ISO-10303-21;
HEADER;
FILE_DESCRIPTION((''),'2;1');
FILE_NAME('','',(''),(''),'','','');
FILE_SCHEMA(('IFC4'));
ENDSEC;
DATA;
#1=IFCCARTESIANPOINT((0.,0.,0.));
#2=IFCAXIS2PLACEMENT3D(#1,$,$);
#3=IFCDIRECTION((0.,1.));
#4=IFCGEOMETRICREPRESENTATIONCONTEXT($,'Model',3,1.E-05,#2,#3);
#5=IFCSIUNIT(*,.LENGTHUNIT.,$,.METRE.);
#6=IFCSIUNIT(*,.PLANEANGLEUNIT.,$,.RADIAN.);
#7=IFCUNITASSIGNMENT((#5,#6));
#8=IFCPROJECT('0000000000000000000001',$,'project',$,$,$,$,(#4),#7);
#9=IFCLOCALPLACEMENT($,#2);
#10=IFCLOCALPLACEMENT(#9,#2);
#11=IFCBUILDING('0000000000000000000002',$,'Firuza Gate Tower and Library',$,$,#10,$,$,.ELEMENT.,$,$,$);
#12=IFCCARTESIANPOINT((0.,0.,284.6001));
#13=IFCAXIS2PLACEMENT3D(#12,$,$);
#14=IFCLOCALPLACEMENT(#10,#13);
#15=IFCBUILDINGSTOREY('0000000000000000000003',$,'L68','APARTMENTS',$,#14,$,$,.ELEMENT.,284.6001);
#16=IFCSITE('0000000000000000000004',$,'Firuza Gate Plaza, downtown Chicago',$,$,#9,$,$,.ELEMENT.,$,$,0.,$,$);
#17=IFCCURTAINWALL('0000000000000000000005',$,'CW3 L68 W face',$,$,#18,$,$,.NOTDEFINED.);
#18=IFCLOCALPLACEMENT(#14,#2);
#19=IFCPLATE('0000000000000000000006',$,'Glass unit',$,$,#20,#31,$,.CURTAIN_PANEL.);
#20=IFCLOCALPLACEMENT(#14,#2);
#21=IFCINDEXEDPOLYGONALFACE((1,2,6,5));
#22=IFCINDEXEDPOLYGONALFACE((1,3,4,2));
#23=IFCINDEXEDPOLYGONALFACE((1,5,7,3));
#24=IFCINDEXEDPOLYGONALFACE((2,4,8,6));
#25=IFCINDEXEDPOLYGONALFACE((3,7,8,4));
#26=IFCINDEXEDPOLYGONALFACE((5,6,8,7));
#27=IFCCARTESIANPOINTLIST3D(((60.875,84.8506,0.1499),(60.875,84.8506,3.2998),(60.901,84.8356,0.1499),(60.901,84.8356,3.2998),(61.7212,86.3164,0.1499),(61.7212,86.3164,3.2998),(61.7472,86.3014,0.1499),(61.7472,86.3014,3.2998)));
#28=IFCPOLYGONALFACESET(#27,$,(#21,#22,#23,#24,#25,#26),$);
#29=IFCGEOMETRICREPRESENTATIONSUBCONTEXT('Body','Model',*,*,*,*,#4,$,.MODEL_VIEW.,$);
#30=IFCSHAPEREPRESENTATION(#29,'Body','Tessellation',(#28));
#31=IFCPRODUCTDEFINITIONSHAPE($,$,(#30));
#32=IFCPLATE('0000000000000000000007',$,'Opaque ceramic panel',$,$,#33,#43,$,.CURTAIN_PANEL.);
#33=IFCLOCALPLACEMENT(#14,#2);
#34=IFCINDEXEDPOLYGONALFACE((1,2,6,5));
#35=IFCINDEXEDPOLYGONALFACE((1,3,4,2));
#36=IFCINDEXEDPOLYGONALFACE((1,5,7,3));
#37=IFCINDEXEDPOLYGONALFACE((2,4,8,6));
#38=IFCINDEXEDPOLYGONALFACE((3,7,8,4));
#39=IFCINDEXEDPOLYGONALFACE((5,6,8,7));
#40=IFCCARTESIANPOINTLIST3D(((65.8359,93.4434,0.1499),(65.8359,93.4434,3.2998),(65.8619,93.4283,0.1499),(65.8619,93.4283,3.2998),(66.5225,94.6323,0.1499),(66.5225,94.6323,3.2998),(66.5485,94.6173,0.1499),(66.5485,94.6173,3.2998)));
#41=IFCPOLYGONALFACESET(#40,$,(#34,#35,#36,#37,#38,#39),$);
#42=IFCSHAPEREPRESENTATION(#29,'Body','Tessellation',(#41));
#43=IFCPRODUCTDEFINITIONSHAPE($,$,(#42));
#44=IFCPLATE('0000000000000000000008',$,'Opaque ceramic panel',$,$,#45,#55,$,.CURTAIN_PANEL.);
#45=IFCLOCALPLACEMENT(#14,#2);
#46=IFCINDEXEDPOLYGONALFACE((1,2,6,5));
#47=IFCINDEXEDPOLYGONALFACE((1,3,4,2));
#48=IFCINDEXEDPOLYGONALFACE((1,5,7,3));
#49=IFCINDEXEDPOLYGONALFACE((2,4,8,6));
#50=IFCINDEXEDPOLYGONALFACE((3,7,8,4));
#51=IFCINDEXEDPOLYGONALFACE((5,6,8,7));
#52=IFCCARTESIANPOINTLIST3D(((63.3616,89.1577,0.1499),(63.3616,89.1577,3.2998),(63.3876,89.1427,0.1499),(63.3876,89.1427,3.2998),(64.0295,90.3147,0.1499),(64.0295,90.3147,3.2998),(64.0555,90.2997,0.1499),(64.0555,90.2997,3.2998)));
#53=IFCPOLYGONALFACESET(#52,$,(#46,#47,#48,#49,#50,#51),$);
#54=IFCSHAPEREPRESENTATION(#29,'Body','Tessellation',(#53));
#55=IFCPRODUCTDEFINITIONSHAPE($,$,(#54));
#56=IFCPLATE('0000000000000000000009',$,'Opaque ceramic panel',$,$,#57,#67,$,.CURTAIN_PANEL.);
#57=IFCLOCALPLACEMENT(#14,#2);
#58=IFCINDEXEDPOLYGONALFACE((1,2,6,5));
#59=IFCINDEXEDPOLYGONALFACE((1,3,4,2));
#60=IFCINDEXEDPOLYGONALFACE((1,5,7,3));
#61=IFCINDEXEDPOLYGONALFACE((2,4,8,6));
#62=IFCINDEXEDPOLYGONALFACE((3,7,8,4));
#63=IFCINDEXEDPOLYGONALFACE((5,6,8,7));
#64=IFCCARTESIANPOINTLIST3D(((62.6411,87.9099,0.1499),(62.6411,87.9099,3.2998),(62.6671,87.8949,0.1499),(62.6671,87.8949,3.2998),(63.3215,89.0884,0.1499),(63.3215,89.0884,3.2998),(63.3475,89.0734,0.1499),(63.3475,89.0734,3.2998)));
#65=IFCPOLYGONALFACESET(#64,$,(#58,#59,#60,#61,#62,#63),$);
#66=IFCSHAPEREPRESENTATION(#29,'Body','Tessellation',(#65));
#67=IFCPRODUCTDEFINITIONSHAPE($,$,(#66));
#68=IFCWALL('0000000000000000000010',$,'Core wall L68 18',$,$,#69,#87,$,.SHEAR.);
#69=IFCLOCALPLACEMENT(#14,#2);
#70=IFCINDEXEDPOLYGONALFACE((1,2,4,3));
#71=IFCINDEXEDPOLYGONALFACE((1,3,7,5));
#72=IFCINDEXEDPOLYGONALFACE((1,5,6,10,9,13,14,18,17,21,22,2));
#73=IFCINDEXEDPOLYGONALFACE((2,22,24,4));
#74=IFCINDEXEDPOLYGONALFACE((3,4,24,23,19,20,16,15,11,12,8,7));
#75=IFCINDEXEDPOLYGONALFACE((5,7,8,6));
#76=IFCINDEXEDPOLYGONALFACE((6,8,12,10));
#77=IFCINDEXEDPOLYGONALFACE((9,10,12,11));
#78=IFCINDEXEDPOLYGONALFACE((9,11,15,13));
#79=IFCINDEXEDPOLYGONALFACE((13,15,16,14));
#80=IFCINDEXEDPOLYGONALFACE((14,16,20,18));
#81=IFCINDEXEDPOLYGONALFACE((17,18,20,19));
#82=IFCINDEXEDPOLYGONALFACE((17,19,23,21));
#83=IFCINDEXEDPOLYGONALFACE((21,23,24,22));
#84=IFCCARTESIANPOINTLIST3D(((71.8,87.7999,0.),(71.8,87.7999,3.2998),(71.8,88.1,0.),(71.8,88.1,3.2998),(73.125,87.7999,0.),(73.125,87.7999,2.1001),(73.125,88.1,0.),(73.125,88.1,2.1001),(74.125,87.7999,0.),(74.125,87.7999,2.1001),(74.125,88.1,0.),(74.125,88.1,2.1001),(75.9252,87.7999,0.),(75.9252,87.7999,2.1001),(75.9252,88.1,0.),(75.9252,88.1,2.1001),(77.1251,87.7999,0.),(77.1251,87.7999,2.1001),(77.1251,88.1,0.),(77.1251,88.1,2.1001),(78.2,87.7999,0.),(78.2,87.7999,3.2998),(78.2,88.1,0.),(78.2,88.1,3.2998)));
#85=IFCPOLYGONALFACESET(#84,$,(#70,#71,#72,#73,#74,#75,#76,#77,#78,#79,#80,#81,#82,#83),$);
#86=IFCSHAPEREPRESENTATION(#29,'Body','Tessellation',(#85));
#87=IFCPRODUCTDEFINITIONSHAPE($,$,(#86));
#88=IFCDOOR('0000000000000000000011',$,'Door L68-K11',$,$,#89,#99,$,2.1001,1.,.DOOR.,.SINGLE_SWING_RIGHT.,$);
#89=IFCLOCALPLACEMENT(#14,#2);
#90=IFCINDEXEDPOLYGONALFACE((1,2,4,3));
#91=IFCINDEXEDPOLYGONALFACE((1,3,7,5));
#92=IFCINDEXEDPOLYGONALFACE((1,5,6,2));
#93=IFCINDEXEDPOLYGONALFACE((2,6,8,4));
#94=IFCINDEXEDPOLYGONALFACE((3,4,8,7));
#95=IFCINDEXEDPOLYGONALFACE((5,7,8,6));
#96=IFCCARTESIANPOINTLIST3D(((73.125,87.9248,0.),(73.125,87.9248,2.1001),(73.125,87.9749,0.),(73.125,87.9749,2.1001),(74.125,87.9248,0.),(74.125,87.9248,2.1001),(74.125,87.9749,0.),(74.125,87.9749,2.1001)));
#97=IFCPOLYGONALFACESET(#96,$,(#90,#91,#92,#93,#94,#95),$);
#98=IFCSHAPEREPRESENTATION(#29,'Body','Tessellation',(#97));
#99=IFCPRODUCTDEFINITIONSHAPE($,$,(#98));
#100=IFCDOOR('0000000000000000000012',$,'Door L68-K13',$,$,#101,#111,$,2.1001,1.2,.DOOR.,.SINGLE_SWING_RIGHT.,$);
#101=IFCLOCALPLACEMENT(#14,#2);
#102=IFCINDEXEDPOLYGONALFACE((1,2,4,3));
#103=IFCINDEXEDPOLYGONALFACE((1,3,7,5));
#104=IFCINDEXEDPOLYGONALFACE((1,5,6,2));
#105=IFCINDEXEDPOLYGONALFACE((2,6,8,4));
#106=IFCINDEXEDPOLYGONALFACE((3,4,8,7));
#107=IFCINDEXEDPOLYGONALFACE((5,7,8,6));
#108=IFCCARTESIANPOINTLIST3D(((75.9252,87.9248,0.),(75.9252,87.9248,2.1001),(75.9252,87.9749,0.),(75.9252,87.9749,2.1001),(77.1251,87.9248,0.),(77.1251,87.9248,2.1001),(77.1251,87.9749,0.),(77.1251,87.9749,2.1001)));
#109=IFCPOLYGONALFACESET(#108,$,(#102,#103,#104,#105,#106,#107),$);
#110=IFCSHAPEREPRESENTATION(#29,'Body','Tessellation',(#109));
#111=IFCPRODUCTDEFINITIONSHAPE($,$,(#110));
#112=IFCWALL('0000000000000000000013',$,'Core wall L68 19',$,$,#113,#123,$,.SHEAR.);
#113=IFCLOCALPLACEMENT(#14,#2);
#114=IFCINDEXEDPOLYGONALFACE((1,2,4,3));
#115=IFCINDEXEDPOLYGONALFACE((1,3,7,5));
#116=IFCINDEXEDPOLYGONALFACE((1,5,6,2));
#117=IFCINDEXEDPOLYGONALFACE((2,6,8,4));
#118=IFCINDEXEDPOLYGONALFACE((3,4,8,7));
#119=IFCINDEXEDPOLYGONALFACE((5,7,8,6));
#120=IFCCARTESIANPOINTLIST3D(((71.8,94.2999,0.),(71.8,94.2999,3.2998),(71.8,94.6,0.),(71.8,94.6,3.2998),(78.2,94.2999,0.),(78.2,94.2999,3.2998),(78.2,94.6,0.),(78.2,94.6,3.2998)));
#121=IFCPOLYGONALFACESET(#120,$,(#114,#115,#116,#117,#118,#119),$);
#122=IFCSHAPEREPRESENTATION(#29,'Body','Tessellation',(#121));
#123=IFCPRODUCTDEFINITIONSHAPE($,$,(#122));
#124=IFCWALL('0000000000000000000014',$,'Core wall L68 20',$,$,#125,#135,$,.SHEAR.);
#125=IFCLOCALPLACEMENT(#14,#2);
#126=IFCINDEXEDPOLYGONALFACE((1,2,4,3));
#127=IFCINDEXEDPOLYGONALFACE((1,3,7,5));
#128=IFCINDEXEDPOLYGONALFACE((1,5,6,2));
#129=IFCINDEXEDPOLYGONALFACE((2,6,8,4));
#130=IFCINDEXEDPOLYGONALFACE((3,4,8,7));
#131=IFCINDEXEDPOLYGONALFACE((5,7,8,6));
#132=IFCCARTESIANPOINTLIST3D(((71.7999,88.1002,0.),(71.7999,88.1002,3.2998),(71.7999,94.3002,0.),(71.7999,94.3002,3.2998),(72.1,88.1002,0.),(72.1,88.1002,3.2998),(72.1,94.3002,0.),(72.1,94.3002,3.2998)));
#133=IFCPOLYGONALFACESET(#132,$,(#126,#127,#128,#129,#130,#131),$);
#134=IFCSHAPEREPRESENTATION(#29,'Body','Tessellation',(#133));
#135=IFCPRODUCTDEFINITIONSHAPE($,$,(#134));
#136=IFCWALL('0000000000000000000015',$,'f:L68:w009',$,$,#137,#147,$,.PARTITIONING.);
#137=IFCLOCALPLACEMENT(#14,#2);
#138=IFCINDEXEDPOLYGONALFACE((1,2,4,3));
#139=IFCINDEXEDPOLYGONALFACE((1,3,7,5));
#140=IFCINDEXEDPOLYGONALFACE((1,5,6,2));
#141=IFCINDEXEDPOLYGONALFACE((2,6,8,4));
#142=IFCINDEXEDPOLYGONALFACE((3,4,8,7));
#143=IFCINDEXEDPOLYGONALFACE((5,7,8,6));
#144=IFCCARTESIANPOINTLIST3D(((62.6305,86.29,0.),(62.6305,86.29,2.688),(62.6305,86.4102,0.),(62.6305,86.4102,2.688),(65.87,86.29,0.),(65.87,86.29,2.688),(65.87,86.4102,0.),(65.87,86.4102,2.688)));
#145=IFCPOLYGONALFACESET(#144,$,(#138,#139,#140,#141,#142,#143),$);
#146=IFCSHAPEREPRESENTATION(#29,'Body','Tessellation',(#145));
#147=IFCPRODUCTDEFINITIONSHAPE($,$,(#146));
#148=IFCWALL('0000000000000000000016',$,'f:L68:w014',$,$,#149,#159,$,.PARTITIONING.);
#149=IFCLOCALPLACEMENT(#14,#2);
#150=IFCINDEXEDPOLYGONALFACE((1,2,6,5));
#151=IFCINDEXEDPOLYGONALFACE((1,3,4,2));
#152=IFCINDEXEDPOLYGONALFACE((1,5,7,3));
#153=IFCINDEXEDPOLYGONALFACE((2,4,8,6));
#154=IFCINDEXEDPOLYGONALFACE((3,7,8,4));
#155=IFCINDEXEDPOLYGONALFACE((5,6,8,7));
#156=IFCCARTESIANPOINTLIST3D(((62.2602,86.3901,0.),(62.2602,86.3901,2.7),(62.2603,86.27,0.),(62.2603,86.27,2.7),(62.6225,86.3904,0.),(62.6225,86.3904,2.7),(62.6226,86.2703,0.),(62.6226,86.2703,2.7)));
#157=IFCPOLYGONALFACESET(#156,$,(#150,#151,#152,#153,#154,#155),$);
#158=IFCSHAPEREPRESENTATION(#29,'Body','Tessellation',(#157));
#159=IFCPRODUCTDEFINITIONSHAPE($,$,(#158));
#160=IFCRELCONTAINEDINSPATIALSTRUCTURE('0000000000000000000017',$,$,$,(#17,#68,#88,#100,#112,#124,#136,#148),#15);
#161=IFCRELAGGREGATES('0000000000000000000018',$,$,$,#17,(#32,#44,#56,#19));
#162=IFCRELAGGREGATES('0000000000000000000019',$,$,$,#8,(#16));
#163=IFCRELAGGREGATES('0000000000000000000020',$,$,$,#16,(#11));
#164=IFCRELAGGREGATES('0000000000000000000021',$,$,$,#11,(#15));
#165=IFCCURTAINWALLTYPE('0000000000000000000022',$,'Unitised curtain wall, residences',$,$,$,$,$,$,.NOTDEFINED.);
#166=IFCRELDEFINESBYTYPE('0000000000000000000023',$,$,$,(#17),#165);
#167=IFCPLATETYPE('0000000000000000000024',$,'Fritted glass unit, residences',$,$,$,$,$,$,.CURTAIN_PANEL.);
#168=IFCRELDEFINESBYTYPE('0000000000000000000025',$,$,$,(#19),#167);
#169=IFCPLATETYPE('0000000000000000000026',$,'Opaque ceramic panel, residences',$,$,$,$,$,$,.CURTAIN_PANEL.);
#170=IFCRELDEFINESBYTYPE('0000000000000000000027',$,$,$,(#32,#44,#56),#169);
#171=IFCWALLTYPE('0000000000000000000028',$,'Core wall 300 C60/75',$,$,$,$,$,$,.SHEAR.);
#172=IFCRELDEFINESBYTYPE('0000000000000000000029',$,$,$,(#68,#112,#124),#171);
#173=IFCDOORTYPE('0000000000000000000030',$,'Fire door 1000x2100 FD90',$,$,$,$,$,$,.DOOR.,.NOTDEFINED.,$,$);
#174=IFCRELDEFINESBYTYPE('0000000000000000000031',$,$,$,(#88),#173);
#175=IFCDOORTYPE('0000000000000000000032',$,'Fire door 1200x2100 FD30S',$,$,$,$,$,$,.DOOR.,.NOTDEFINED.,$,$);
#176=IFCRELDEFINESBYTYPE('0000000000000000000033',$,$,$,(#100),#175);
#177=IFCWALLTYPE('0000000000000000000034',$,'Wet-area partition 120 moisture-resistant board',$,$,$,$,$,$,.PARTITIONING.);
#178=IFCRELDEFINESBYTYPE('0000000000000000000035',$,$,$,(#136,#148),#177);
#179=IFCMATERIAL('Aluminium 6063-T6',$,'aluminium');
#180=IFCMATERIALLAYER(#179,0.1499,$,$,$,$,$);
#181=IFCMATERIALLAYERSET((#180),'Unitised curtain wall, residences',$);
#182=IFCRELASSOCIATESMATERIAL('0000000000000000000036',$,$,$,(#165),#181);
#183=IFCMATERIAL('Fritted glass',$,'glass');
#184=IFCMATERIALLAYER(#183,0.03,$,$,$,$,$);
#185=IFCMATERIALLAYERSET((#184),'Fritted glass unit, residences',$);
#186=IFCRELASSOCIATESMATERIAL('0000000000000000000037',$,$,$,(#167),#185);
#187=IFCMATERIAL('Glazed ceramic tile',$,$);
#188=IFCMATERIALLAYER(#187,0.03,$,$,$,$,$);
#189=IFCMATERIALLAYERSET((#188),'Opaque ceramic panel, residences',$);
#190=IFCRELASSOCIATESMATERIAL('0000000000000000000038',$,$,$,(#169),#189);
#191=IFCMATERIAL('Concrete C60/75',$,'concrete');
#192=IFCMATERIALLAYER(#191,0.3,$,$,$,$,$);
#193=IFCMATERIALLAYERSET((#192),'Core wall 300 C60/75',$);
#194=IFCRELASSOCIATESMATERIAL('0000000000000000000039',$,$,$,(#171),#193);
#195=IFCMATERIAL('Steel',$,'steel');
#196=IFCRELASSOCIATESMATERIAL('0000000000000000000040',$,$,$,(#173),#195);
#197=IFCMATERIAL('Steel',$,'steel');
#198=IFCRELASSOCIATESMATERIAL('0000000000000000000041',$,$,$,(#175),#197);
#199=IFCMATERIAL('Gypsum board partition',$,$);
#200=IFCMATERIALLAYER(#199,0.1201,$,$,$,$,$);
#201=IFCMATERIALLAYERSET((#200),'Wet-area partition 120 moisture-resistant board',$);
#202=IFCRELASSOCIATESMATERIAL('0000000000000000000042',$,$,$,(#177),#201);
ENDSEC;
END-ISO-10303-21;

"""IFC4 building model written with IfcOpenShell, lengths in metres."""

from ifc_helpers import new_model, si_unit, direction, frame, frame_2d, origin, place, context, subcontext, project, spatial, polyline, rectangle, outline, extrude, material, layer, layer_set, type_object, element, fill, aggregate, save


model = new_model("IFC4")

# Units and contexts
model_context = context("Model", 3, precision=1e-05, world=origin(), true_north=direction((0.0, 1.0)))
body_context = subcontext(model_context, "Body", "Model", "MODEL_VIEW")
ifc_project = project(units=[si_unit("LENGTHUNIT", "METRE"), si_unit("PLANEANGLEUNIT", "RADIAN")], contexts=[model_context])

# Site, building, storey
site_placement = place(None, origin())
site = spatial("IfcSite", under=ifc_project, at=site_placement, Name="Firuza Gate Plaza, downtown Chicago", CompositionType="ELEMENT", RefElevation=0.0)
building_placement = place(site_placement, origin())
building = spatial("IfcBuilding", under=site, at=building_placement, Name="Firuza Gate Tower and Library", CompositionType="ELEMENT")
storey_placement = place(building_placement, frame((0.0, 0.0, 284.6001)))
storey = spatial("IfcBuildingStorey", under=building, at=storey_placement, Name="L68", Description="APARTMENTS", CompositionType="ELEMENT", Elevation=284.6001)

# Curtain wall
ifc_material_1 = material(Name="Aluminium 6063-T6", Category="aluminium")
ifc_layer_1 = layer(ifc_material_1, 0.1499)
ifc_layer_set_1 = layer_set([ifc_layer_1], Name="Unitised curtain wall, residences")
curtain_wall_type = type_object("IfcCurtainWallType", Name="Unitised curtain wall, residences", PredefinedType="NOTDEFINED", material=ifc_layer_set_1)
placement = place(storey_placement, origin())
curtain_wall = element("IfcCurtainWall", 1, at=placement, inside=storey, type_object=curtain_wall_type, Name="CW3 L68 W face", PredefinedType="NOTDEFINED")

# Plates
ifc_material_2 = material(Name="Fritted glass", Category="glass")
ifc_layer_2 = layer(ifc_material_2, 0.03)
ifc_layer_set_2 = layer_set([ifc_layer_2], Name="Fritted glass unit, residences")
plate_type_1 = type_object("IfcPlateType", Name="Fritted glass unit, residences", PredefinedType="CURTAIN_PANEL", material=ifc_layer_set_2)
plate_1_placement = place(storey_placement, frame((61.7212, 86.3164, 0.1499), z_axis=(-0.866051, 0.499956, 0.0), x_axis=(-0.499956, -0.866051, 0.0)))
plate_1 = element("IfcPlate", 2, at=plate_1_placement, type_object=plate_type_1, Name="Glass unit", PredefinedType="CURTAIN_PANEL", context=body_context, shape_type="SweptSolid", body=[
    extrude(outline(polyline([(0.0, 0.0), (1.6925, 0.0), (1.6925, 3.1499), (0.0, 3.1499), (0.0, 0.0)])), origin(), (0.0, 0.0, -1.0), 0.03),
])
ifc_material_3 = material(Name="Glazed ceramic tile")
ifc_layer_3 = layer(ifc_material_3, 0.03)
ifc_layer_set_3 = layer_set([ifc_layer_3], Name="Opaque ceramic panel, residences")
plate_type_2 = type_object("IfcPlateType", Name="Opaque ceramic panel, residences", PredefinedType="CURTAIN_PANEL", material=ifc_layer_set_3)
plate_2_placement = place(storey_placement, frame((66.5225, 94.6323, 0.1499), z_axis=(-0.866002, 0.500041, 0.0), x_axis=(-0.500041, -0.866002, 0.0)))
plate_2 = element("IfcPlate", 3, at=plate_2_placement, type_object=plate_type_2, Name="Opaque ceramic panel", PredefinedType="CURTAIN_PANEL", context=body_context, shape_type="SweptSolid", body=[
    extrude(outline(polyline([(0.0, 0.0), (1.3729, 0.0), (1.3729, 3.1499), (0.0, 3.1499), (0.0, 0.0)])), origin(), (0.0, 0.0, -1.0), 0.03),
])
plate_3_placement = place(storey_placement, frame((64.0295, 90.3147, 0.1499), z_axis=(-0.86603, 0.499991, 0.0), x_axis=(-0.499991, -0.86603, 0.0)))
plate_3 = element("IfcPlate", 4, at=plate_3_placement, type_object=plate_type_2, Name="Opaque ceramic panel", PredefinedType="CURTAIN_PANEL", context=body_context, shape_type="SweptSolid", body=[
    extrude(outline(polyline([(0.0, 0.0), (1.336, 0.0), (1.336, 3.1499), (0.0, 3.1499), (0.0, 0.0)])), origin(), (0.0, 0.0, -1.0), 0.03),
])
plate_4_placement = place(storey_placement, frame((63.3215, 89.0884, 0.1499), z_axis=(-0.866015, 0.500018, 0.0), x_axis=(-0.500018, -0.866015, 0.0)))
plate_4 = element("IfcPlate", 5, at=plate_4_placement, type_object=plate_type_2, Name="Opaque ceramic panel", PredefinedType="CURTAIN_PANEL", context=body_context, shape_type="SweptSolid", body=[
    extrude(outline(polyline([(0.0, 0.0), (1.3608, 0.0), (1.3608, 3.1499), (0.0, 3.1499), (0.0, 0.0)])), origin(), (0.0, 0.0, -1.0), 0.03),
])
aggregate(curtain_wall, [plate_2, plate_3, plate_4, plate_1])

# Wall, openings, doors
ifc_material_4 = material(Name="Concrete C60/75", Category="concrete")
ifc_layer_4 = layer(ifc_material_4, 0.3)
ifc_layer_set_4 = layer_set([ifc_layer_4], Name="Core wall 300 C60/75")
wall_type_1 = type_object("IfcWallType", Name="Core wall 300 C60/75", PredefinedType="SHEAR", material=ifc_layer_set_4)
wall_1_placement = place(storey_placement, frame((71.8, 87.95, 0.0), z_axis=(0.0, 0.0, 1.0), x_axis=(1.0, 0.0, 0.0)))
wall_1 = element("IfcWall", 6, at=wall_1_placement, inside=storey, type_object=wall_type_1, Name="Core wall L68 18", PredefinedType="SHEAR", context=body_context, shape_type="SweptSolid", body=[
    extrude(rectangle(XDim=6.3999, YDim=0.3, at=frame_2d((3.2, 0.0))), origin(), (0.0, 0.0, 1.0), 3.2998),
])
opening_1_placement = place(wall_1_placement, frame((1.325, 0.0, 0.0)))
opening_1 = element("IfcOpeningElement", 7, at=opening_1_placement, cuts=wall_1, PredefinedType="OPENING", context=body_context, shape_type="SweptSolid", body=[
    extrude(rectangle(XDim=1.0, YDim=2.1001, at=frame_2d((0.5, 1.05))), frame((0.0, 0.1602, 0.0), z_axis=(0.0, -1.0, 0.0), x_axis=(1.0, 0.0, 0.0)), (0.0, 0.0, 1.0), 0.3201),
])
opening_2_placement = place(wall_1_placement, frame((4.125, 0.0, 0.0)))
opening_2 = element("IfcOpeningElement", 8, at=opening_2_placement, cuts=wall_1, PredefinedType="OPENING", context=body_context, shape_type="SweptSolid", body=[
    extrude(rectangle(XDim=1.2, YDim=2.1001, at=frame_2d((0.6001, 1.05))), frame((0.0, 0.1602, 0.0), z_axis=(0.0, -1.0, 0.0), x_axis=(1.0, 0.0, 0.0)), (0.0, 0.0, 1.0), 0.3201),
])
ifc_material_5 = material(Name="Steel", Category="steel")
door_type_1 = type_object("IfcDoorType", Name="Fire door 1000x2100 FD90", OperationType="NOTDEFINED", PredefinedType="DOOR", material=ifc_material_5)
door_1_placement = place(opening_1_placement, origin())
door_1 = element("IfcDoor", 9, at=door_1_placement, inside=storey, type_object=door_type_1, Name="Door L68-K11", OperationType="SINGLE_SWING_RIGHT", OverallHeight=2.1001, OverallWidth=1.0, PredefinedType="DOOR", context=body_context, shape_type="SweptSolid", body=[
    extrude(rectangle(XDim=1.0, YDim=2.1001, at=frame_2d((0.5, 1.05))), frame((0.0, 0.0249, 0.0), z_axis=(0.0, -1.0, 0.0), x_axis=(1.0, 0.0, 0.0)), (0.0, 0.0, 1.0), 0.05),
])
fill(opening_1, door_1)
ifc_material_6 = material(Name="Steel", Category="steel")
door_type_2 = type_object("IfcDoorType", Name="Fire door 1200x2100 FD30S", OperationType="NOTDEFINED", PredefinedType="DOOR", material=ifc_material_6)
door_2_placement = place(opening_2_placement, origin())
door_2 = element("IfcDoor", 10, at=door_2_placement, inside=storey, type_object=door_type_2, Name="Door L68-K13", OperationType="SINGLE_SWING_RIGHT", OverallHeight=2.1001, OverallWidth=1.2, PredefinedType="DOOR", context=body_context, shape_type="SweptSolid", body=[
    extrude(rectangle(XDim=1.2, YDim=2.1001, at=frame_2d((0.6001, 1.05))), frame((0.0, 0.0249, 0.0), z_axis=(0.0, -1.0, 0.0), x_axis=(1.0, 0.0, 0.0)), (0.0, 0.0, 1.0), 0.05),
])
fill(opening_2, door_2)

# Walls
wall_2_placement = place(storey_placement, frame((71.8, 94.45, 0.0), z_axis=(0.0, 0.0, 1.0), x_axis=(1.0, 0.0, 0.0)))
element("IfcWall", 11, at=wall_2_placement, inside=storey, type_object=wall_type_1, Name="Core wall L68 19", PredefinedType="SHEAR", context=body_context, shape_type="SweptSolid", body=[
    extrude(rectangle(XDim=6.3999, YDim=0.3, at=frame_2d((3.2, 0.0))), origin(), (0.0, 0.0, 1.0), 3.2998),
])
wall_3_placement = place(storey_placement, frame((71.95, 88.1001, 0.0), z_axis=(0.0, 0.0, 1.0), x_axis=(0.0, 1.0, 0.0)))
element("IfcWall", 12, at=wall_3_placement, inside=storey, type_object=wall_type_1, Name="Core wall L68 20", PredefinedType="SHEAR", context=body_context, shape_type="SweptSolid", body=[
    extrude(rectangle(XDim=6.2, YDim=0.3, at=frame_2d((3.1001, 0.0))), origin(), (0.0, 0.0, 1.0), 3.2998),
])
ifc_material_7 = material(Name="Gypsum board partition")
ifc_layer_5 = layer(ifc_material_7, 0.1201)
ifc_layer_set_5 = layer_set([ifc_layer_5], Name="Wet-area partition 120 moisture-resistant board")
wall_type_2 = type_object("IfcWallType", Name="Wet-area partition 120 moisture-resistant board", PredefinedType="PARTITIONING", material=ifc_layer_set_5)
wall_4_placement = place(storey_placement, frame((62.6306, 86.3501, 0.0), z_axis=(0.0, 0.0, 1.0), x_axis=(1.0, 0.0, 0.0)))
element("IfcWall", 13, at=wall_4_placement, inside=storey, type_object=wall_type_2, Name="f:L68:w009", PredefinedType="PARTITIONING", context=body_context, shape_type="SweptSolid", body=[
    extrude(rectangle(XDim=3.2395, YDim=0.1201, at=frame_2d((1.6196, 0.0))), origin(), (0.0, 0.0, 1.0), 2.688),
])
wall_5_placement = place(storey_placement, frame((62.2603, 86.3301, 0.0), z_axis=(0.0, 0.0, 1.0), x_axis=(1.0, 0.000674, 0.0)))
element("IfcWall", 14, at=wall_5_placement, inside=storey, type_object=wall_type_2, Name="f:L68:w014", PredefinedType="PARTITIONING", context=body_context, shape_type="SweptSolid", body=[
    extrude(rectangle(XDim=0.3623, YDim=0.1201, at=frame_2d((0.1812, 0.0))), origin(), (0.0, 0.0, 1.0), 2.7),
])

save(model, "model.ifc")
